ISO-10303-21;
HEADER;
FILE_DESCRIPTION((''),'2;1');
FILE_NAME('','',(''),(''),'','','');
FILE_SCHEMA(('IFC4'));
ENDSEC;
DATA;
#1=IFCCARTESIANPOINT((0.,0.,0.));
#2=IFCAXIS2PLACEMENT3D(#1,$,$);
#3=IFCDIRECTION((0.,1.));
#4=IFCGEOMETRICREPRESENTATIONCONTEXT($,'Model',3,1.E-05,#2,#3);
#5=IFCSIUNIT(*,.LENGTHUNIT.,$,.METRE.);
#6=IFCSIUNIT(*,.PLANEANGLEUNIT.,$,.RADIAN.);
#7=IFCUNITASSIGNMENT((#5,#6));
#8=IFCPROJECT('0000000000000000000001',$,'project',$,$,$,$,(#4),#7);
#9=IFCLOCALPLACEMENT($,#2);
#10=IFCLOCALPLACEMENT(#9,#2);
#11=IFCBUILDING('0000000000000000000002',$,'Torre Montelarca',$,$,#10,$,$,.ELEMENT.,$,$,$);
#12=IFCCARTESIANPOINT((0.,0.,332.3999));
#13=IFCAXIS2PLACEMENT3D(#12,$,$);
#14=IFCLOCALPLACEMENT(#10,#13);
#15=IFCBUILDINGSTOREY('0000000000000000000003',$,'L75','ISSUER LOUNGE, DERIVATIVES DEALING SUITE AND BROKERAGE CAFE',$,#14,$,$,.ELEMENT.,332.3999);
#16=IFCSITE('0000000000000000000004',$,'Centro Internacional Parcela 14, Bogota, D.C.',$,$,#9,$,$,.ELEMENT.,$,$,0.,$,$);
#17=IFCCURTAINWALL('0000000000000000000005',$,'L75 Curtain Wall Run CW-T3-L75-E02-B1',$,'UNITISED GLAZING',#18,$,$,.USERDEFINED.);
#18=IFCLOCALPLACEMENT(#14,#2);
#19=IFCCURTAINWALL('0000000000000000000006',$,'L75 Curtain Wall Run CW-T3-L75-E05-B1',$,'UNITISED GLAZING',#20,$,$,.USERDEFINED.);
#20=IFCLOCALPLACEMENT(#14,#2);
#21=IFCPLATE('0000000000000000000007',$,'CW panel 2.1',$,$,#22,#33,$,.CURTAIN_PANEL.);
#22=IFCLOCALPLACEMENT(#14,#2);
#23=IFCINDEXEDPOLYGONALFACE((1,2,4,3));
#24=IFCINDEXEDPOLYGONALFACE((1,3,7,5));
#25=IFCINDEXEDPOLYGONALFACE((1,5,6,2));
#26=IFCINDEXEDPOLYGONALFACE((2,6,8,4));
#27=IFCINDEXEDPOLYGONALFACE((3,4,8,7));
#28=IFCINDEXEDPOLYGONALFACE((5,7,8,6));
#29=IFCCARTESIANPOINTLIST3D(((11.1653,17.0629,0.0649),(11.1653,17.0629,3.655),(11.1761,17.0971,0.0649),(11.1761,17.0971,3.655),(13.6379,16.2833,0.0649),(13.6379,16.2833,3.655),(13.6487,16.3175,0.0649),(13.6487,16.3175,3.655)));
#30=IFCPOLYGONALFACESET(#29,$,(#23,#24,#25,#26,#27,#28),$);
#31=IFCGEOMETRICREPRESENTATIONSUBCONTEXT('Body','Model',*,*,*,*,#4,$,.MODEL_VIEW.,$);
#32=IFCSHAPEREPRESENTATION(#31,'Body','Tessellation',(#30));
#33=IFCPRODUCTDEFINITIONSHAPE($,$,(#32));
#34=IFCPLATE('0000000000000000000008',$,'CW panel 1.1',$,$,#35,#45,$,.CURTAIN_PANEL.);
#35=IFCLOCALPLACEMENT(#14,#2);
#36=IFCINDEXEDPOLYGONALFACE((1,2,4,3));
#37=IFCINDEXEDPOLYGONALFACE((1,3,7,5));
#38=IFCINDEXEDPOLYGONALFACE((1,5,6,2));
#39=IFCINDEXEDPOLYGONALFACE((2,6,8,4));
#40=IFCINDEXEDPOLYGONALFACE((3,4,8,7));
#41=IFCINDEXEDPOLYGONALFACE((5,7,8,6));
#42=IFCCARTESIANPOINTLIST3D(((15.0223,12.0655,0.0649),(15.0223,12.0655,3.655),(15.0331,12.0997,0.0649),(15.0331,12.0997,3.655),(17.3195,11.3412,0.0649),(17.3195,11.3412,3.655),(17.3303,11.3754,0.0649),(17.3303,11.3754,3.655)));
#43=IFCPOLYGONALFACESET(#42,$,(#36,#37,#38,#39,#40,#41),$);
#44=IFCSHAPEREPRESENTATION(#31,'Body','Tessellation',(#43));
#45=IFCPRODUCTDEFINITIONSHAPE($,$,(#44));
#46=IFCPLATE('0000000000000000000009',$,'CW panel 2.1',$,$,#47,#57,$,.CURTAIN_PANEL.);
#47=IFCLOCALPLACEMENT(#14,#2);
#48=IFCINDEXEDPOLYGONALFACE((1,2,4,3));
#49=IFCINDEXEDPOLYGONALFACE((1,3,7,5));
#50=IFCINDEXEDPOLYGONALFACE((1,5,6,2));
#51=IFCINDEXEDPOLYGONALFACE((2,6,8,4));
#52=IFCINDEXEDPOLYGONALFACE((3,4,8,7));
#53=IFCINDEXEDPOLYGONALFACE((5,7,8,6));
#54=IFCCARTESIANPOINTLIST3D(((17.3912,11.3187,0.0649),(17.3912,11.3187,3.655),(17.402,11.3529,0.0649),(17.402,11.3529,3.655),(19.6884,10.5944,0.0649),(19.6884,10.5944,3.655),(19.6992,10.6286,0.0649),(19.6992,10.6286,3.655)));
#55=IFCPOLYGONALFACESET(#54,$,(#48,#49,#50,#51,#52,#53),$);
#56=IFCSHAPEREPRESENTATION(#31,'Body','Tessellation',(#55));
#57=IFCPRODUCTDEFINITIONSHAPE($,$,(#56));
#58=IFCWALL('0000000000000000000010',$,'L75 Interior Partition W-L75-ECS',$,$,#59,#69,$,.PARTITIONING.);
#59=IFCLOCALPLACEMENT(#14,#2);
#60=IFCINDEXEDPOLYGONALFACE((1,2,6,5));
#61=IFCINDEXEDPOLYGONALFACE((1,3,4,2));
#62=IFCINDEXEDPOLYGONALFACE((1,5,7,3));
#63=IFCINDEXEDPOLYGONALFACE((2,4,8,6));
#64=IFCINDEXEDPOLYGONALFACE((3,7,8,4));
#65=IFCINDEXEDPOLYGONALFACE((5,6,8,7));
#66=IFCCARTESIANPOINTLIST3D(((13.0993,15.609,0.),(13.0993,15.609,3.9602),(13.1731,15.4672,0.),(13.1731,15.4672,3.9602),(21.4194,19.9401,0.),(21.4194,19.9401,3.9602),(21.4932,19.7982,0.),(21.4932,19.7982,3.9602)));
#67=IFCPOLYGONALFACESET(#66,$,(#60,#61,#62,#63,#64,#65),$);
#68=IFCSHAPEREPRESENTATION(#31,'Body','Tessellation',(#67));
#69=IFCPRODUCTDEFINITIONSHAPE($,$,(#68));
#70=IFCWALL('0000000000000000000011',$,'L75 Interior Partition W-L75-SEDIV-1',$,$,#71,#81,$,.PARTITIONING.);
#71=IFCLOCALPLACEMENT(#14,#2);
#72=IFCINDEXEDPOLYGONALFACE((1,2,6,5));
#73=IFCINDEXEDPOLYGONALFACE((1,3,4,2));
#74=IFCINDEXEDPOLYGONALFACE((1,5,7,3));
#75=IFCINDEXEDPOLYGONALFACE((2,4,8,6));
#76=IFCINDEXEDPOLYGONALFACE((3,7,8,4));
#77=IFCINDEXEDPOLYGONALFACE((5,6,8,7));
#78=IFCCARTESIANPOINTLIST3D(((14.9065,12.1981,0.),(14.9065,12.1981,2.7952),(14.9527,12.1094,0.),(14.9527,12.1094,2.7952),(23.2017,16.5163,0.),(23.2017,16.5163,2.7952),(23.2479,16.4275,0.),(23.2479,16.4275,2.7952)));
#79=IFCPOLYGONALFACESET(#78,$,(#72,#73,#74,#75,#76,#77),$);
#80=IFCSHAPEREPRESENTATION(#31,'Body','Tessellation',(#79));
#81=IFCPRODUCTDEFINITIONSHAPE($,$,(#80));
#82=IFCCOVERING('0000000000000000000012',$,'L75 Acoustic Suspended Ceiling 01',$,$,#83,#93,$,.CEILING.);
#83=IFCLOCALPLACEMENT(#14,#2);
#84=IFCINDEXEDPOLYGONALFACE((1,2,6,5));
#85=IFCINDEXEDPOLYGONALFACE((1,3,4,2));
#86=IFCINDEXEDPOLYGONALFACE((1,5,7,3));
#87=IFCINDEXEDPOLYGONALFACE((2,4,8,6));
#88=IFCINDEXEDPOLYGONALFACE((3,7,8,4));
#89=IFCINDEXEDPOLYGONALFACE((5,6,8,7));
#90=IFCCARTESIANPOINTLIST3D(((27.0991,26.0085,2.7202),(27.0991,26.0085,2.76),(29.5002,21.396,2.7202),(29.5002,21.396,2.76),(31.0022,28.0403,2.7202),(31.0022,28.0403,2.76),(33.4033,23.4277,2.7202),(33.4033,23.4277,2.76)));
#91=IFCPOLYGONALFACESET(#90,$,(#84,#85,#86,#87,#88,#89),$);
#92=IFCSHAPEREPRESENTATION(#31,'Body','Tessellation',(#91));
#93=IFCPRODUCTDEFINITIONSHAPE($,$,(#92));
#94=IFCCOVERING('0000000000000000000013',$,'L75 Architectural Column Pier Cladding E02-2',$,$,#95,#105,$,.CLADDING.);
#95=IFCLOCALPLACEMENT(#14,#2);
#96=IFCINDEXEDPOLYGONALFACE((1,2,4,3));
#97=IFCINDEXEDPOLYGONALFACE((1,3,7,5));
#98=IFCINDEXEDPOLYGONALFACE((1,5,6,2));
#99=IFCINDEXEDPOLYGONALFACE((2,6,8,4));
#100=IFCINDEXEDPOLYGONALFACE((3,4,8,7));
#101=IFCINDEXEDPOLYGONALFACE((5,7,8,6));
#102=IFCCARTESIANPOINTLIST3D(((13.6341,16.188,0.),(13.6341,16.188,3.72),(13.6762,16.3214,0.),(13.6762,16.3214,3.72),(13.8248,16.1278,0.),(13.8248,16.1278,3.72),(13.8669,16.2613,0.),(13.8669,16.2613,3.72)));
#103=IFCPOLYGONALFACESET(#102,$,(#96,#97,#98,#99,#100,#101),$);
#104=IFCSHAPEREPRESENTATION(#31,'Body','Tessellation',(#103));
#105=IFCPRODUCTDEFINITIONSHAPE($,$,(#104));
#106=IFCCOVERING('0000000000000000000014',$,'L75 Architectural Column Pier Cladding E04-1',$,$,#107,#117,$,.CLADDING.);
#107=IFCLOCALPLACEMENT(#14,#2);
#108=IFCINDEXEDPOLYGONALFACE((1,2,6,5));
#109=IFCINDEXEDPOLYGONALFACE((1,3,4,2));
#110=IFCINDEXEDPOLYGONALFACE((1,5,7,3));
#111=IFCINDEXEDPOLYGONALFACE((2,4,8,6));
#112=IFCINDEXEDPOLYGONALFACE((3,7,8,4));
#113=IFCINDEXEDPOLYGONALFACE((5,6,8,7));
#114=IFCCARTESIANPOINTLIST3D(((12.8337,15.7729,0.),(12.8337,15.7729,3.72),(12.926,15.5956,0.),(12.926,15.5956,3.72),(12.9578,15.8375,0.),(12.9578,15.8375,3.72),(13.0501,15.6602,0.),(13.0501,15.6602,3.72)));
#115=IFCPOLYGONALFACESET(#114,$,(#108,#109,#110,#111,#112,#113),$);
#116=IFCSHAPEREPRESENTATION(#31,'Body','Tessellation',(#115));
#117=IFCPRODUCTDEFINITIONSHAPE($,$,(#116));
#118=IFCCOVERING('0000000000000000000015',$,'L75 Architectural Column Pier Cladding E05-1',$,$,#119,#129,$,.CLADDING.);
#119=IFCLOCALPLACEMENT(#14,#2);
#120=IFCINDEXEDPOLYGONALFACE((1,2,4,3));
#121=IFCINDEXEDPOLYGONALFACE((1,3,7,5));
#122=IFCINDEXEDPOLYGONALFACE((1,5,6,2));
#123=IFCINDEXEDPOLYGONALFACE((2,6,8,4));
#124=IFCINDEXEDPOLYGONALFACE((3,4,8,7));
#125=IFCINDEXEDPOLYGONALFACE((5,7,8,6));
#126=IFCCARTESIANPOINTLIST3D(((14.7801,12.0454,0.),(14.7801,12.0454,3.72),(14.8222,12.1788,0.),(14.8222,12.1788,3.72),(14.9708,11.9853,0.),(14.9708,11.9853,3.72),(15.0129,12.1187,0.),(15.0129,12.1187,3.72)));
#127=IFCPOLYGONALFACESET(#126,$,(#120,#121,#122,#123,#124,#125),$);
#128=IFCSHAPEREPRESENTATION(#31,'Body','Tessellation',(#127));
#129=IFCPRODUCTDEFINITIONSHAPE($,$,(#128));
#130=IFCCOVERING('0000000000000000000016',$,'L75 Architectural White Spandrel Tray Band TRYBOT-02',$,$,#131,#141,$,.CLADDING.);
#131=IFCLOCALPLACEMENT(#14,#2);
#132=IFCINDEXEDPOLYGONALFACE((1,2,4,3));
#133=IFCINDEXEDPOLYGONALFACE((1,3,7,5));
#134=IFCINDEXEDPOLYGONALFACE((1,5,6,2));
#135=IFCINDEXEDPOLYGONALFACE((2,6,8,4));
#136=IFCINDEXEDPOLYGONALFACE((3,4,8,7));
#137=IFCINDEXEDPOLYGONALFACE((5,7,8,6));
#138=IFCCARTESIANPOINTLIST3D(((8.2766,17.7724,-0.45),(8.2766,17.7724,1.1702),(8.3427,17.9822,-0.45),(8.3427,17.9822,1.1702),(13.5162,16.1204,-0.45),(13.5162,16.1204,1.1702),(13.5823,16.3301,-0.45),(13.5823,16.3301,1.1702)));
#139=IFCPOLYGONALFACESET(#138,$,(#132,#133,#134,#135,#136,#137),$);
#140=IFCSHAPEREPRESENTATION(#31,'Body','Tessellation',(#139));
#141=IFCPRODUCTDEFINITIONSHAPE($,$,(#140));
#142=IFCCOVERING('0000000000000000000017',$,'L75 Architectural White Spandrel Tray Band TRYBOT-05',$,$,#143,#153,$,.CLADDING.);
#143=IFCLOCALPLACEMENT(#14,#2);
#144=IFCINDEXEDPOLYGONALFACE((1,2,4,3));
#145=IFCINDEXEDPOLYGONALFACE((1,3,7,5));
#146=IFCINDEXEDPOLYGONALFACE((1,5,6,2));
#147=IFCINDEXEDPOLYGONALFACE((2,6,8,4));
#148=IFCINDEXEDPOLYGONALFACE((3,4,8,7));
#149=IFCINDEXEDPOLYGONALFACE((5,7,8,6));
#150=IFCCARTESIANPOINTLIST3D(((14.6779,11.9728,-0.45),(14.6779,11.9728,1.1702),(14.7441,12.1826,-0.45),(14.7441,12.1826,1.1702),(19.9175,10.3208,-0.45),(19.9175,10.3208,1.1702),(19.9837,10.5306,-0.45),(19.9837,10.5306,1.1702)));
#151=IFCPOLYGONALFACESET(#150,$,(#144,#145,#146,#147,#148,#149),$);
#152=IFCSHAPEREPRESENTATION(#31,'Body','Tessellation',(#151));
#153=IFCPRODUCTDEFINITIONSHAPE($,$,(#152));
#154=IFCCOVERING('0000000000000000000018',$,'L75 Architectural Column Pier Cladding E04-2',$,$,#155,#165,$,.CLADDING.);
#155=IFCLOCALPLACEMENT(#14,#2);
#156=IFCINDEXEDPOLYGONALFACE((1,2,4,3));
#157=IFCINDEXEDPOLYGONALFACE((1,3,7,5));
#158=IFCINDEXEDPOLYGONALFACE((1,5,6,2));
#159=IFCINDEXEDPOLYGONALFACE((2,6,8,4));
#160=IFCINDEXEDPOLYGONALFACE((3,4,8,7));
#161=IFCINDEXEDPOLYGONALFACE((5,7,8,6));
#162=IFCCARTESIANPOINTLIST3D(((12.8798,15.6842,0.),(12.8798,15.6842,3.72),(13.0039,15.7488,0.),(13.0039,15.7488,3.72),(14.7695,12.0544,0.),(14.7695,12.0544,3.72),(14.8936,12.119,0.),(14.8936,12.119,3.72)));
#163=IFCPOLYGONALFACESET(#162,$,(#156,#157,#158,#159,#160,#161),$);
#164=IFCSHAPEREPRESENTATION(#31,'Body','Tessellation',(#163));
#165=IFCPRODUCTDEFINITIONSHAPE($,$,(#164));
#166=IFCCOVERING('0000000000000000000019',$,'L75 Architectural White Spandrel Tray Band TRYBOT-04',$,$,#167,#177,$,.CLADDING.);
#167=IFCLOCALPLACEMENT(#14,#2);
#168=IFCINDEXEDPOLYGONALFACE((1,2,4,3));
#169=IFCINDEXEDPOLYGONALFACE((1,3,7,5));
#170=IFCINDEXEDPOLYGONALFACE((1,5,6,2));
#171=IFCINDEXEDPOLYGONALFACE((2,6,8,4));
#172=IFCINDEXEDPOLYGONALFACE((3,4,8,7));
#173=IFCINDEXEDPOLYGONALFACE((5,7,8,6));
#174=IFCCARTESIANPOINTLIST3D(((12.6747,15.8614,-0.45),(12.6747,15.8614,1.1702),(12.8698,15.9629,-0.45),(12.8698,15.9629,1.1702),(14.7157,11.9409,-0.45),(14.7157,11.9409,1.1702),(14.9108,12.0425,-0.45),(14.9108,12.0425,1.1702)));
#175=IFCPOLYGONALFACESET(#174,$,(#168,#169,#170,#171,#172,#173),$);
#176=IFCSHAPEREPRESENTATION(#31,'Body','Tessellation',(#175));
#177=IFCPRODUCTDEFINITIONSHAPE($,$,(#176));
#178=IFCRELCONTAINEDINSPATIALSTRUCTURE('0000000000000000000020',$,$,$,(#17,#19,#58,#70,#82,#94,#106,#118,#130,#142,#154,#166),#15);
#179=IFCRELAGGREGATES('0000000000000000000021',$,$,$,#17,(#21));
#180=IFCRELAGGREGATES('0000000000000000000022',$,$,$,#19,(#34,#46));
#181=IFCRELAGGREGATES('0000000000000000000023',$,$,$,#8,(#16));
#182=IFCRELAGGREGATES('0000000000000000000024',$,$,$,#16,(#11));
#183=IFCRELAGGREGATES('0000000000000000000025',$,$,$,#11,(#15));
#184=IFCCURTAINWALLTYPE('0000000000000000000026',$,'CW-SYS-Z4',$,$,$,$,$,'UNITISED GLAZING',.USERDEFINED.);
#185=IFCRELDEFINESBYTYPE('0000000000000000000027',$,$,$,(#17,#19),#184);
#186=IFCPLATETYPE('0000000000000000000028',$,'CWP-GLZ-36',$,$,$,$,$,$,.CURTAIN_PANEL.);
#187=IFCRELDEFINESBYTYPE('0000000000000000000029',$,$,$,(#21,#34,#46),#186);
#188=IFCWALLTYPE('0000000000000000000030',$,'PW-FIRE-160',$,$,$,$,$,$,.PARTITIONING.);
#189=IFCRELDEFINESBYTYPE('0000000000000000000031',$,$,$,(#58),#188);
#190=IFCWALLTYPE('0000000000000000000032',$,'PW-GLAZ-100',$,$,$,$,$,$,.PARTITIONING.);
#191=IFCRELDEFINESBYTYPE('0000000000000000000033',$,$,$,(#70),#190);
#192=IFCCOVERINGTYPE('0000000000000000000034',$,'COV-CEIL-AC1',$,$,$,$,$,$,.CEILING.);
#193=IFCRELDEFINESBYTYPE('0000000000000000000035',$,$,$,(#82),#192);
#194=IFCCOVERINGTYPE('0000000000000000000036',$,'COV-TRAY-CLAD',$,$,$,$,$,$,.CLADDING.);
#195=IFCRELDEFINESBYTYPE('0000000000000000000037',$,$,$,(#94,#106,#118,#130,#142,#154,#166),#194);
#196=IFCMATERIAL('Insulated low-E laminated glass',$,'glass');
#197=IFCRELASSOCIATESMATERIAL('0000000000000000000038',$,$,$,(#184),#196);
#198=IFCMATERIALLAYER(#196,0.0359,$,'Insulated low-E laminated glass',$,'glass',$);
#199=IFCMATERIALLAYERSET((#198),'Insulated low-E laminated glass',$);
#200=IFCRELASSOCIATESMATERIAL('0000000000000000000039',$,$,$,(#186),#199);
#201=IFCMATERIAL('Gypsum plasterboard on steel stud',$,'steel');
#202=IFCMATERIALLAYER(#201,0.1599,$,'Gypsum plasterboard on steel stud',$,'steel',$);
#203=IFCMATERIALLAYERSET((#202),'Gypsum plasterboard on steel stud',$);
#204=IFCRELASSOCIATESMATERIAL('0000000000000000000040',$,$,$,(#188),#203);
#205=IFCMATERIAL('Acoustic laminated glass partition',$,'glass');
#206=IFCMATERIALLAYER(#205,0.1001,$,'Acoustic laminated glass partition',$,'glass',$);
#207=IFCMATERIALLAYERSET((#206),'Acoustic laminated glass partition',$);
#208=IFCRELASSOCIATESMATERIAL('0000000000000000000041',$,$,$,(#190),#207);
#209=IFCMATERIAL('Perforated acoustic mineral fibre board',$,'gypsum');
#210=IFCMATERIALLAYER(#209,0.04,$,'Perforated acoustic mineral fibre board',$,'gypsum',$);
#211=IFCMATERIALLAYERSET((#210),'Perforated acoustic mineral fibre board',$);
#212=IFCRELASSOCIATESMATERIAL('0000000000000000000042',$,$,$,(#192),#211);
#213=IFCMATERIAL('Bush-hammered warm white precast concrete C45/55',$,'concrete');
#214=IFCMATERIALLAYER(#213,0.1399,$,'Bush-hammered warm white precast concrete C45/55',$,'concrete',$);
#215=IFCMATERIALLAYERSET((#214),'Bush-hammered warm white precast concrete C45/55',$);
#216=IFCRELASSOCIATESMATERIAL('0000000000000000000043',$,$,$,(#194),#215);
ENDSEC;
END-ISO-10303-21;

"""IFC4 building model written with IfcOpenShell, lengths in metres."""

from ifc_helpers import new_model, si_unit, direction, frame, frame_2d, origin, origin_2d, place, context, subcontext, project, spatial, polyline, rectangle, outline, extrude, source, transform, mapped, material, layer, layer_set, type_object, element, aggregate, save


model = new_model("IFC4")

# Units and contexts
model_context = context("Model", 3, precision=1e-05, world=origin(), true_north=direction((0.0, 1.0)))
body_context = subcontext(model_context, "Body", "Model", "MODEL_VIEW")
ifc_project = project(units=[si_unit("LENGTHUNIT", "METRE"), si_unit("PLANEANGLEUNIT", "RADIAN")], contexts=[model_context])

# Site, building, storey
site_placement = place(None, origin())
site = spatial("IfcSite", under=ifc_project, at=site_placement, Name="Centro Internacional Parcela 14, Bogota, D.C.", CompositionType="ELEMENT", RefElevation=0.0)
building_placement = place(site_placement, origin())
building = spatial("IfcBuilding", under=site, at=building_placement, Name="Torre Montelarca", CompositionType="ELEMENT")
storey_placement = place(building_placement, frame((0.0, 0.0, 332.3999)))
storey = spatial("IfcBuildingStorey", under=building, at=storey_placement, Name="L75", Description="ISSUER LOUNGE, DERIVATIVES DEALING SUITE AND BROKERAGE CAFE", CompositionType="ELEMENT", Elevation=332.3999)

# Curtain walls
ifc_material_1 = material(Name="Insulated low-E laminated glass", Category="glass")
curtain_wall_type = type_object("IfcCurtainWallType", Name="CW-SYS-Z4", ElementType="UNITISED GLAZING", PredefinedType="USERDEFINED", material=ifc_material_1)
curtain_wall_1_placement = place(storey_placement, origin())
curtain_wall_1 = element("IfcCurtainWall", 1, at=curtain_wall_1_placement, inside=storey, type_object=curtain_wall_type, Name="L75 Curtain Wall Run CW-T3-L75-E02-B1", ObjectType="UNITISED GLAZING", PredefinedType="USERDEFINED")
curtain_wall_2_placement = place(storey_placement, origin())
curtain_wall_2 = element("IfcCurtainWall", 2, at=curtain_wall_2_placement, inside=storey, type_object=curtain_wall_type, Name="L75 Curtain Wall Run CW-T3-L75-E05-B1", ObjectType="UNITISED GLAZING", PredefinedType="USERDEFINED")

# Plates
ifc_layer_1 = layer(ifc_material_1, 0.0359, Name="Insulated low-E laminated glass", Category="glass")
ifc_layer_set_1 = layer_set([ifc_layer_1], Name="Insulated low-E laminated glass")
plate_type = type_object("IfcPlateType", Name="CWP-GLZ-36", PredefinedType="CURTAIN_PANEL", material=ifc_layer_set_1)
shared_shape_1 = source(origin(), body_context, "Body", "SweptSolid", [
    extrude(rectangle(XDim=2.5925, YDim=0.0359, at=origin_2d()), origin(), (0.0, 0.0, 1.0), 3.5901),
])
plate_1_placement = place(storey_placement, frame((12.407, 16.6902, 0.0649), z_axis=(0.0, 0.0, 1.0), x_axis=(0.953719, -0.300698, 0.0)))
plate_1 = element("IfcPlate", 3, at=plate_1_placement, type_object=plate_type, Name="CW panel 2.1", PredefinedType="CURTAIN_PANEL", context=body_context, shape_type="MappedRepresentation", body=[
    mapped(shared_shape_1, transform((0.0, 0.0, 0.0), scale=1.0)),
])
aggregate(curtain_wall_1, [plate_1])
shared_shape_2 = source(origin(), body_context, "Body", "SweptSolid", [
    extrude(rectangle(XDim=2.4087, YDim=0.0359, at=origin_2d()), origin(), (0.0, 0.0, 1.0), 3.5901),
])
plate_2_placement = place(storey_placement, frame((16.1763, 11.7205, 0.0649), z_axis=(0.0, 0.0, 1.0), x_axis=(0.953721, -0.300693, 0.0)))
plate_2 = element("IfcPlate", 4, at=plate_2_placement, type_object=plate_type, Name="CW panel 1.1", PredefinedType="CURTAIN_PANEL", context=body_context, shape_type="MappedRepresentation", body=[
    mapped(shared_shape_2, transform((0.0, 0.0, 0.0), scale=1.0)),
])
plate_3_placement = place(storey_placement, frame((18.5452, 10.9736, 0.0649), z_axis=(0.0, 0.0, 1.0), x_axis=(0.953721, -0.300693, 0.0)))
plate_3 = element("IfcPlate", 5, at=plate_3_placement, type_object=plate_type, Name="CW panel 2.1", PredefinedType="CURTAIN_PANEL", context=body_context, shape_type="MappedRepresentation", body=[
    mapped(shared_shape_2, transform((0.0, 0.0, 0.0), scale=1.0)),
])
aggregate(curtain_wall_2, [plate_2, plate_3])

# Walls
ifc_material_2 = material(Name="Gypsum plasterboard on steel stud", Category="steel")
ifc_layer_2 = layer(ifc_material_2, 0.1599, Name="Gypsum plasterboard on steel stud", Category="steel")
ifc_layer_set_2 = layer_set([ifc_layer_2], Name="Gypsum plasterboard on steel stud")
wall_type_1 = type_object("IfcWallType", Name="PW-FIRE-160", PredefinedType="PARTITIONING", material=ifc_layer_set_2)
wall_1_placement = place(storey_placement, frame((13.1362, 15.5381, 0.0), z_axis=(0.0, 0.0, 1.0), x_axis=(0.887015, 0.46174, 0.0)))
element("IfcWall", 6, at=wall_1_placement, inside=storey, type_object=wall_type_1, Name="L75 Interior Partition W-L75-ECS", PredefinedType="PARTITIONING", context=body_context, shape_type="SweptSolid", body=[
    extrude(rectangle(XDim=9.3799, YDim=0.1599, at=frame_2d((4.6899, 0.0))), origin(), (0.0, 0.0, 1.0), 3.9602),
])
ifc_material_3 = material(Name="Acoustic laminated glass partition", Category="glass")
ifc_layer_3 = layer(ifc_material_3, 0.1001, Name="Acoustic laminated glass partition", Category="glass")
ifc_layer_set_3 = layer_set([ifc_layer_3], Name="Acoustic laminated glass partition")
wall_type_2 = type_object("IfcWallType", Name="PW-GLAZ-100", PredefinedType="PARTITIONING", material=ifc_layer_set_3)
wall_2_placement = place(storey_placement, frame((14.9297, 12.1538, 0.0), z_axis=(0.0, 0.0, 1.0), x_axis=(0.887014, 0.461742, 0.0)))
element("IfcWall", 7, at=wall_2_placement, inside=storey, type_object=wall_type_2, Name="L75 Interior Partition W-L75-SEDIV-1", PredefinedType="PARTITIONING", context=body_context, shape_type="SweptSolid", body=[
    extrude(rectangle(XDim=9.3518, YDim=0.1001, at=frame_2d((4.6758, 0.0))), origin(), (0.0, 0.0, 1.0), 2.7952),
])

# Coverings
ifc_material_4 = material(Name="Perforated acoustic mineral fibre board", Category="gypsum")
ifc_layer_4 = layer(ifc_material_4, 0.04, Name="Perforated acoustic mineral fibre board", Category="gypsum")
ifc_layer_set_4 = layer_set([ifc_layer_4], Name="Perforated acoustic mineral fibre board")
covering_type_1 = type_object("IfcCoveringType", Name="COV-CEIL-AC1", PredefinedType="CEILING", material=ifc_layer_set_4)
covering_1_placement = place(storey_placement, frame((0.0, 0.0, 2.7202)))
element("IfcCovering", 8, at=covering_1_placement, inside=storey, type_object=covering_type_1, Name="L75 Acoustic Suspended Ceiling 01", PredefinedType="CEILING", context=body_context, shape_type="SweptSolid", body=[
    extrude(outline(polyline([(27.0991, 26.0085), (29.5002, 21.396), (33.4033, 23.4277), (31.0022, 28.0403), (27.0991, 26.0085)])), origin(), (0.0, 0.0, 1.0), 0.0398),
])
ifc_material_5 = material(Name="Bush-hammered warm white precast concrete C45/55", Category="concrete")
ifc_layer_5 = layer(ifc_material_5, 0.1399, Name="Bush-hammered warm white precast concrete C45/55", Category="concrete")
ifc_layer_set_5 = layer_set([ifc_layer_5], Name="Bush-hammered warm white precast concrete C45/55")
covering_type_2 = type_object("IfcCoveringType", Name="COV-TRAY-CLAD", PredefinedType="CLADDING", material=ifc_layer_set_5)
shared_shape_3 = source(origin(), body_context, "Body", "SweptSolid", [
    extrude(rectangle(XDim=0.2, YDim=0.1399, at=origin_2d()), origin(), (0.0, 0.0, 1.0), 3.72),
])
for number, where, z_axis, x_axis, name in (
    (9, (13.7505, 16.2246, 0.0), (0.0, 0.0, 1.0), (0.953717, -0.300704, 0.0), "L75 Architectural Column Pier Cladding E02-2"),
    (10, (12.9419, 15.7166, 0.0), (0.0, 0.0, 1.0), (0.461776, -0.886996, 0.0), "L75 Architectural Column Pier Cladding E04-1"),
    (11, (14.8965, 12.082, 0.0), (0.0, 0.0, 1.0), (0.953719, -0.300701, 0.0), "L75 Architectural Column Pier Cladding E05-1"),
):
    element("IfcCovering", number, at=place(storey_placement, frame(where, z_axis=z_axis, x_axis=x_axis)), inside=storey, type_object=covering_type_2, Name=name, PredefinedType="CLADDING", context=body_context, shape_type="MappedRepresentation", body=[
        mapped(shared_shape_3, transform((0.0, 0.0, 0.0), scale=1.0)),
    ])
shared_shape_4 = source(origin(), body_context, "Body", "SweptSolid", [
    extrude(rectangle(XDim=5.4939, YDim=0.22, at=origin_2d()), origin(), (0.0, 0.0, 1.0), 1.6201),
])
for number, where, z_axis, x_axis, name in (
    (12, (10.9294, 17.0513, -0.45), (0.0, 0.0, 1.0), (0.953717, -0.300706, 0.0), "L75 Architectural White Spandrel Tray Band TRYBOT-02"),
    (13, (17.3308, 11.2517, -0.45), (0.0, 0.0, 1.0), (0.953717, -0.300706, 0.0), "L75 Architectural White Spandrel Tray Band TRYBOT-05"),
):
    element("IfcCovering", number, at=place(storey_placement, frame(where, z_axis=z_axis, x_axis=x_axis)), inside=storey, type_object=covering_type_2, Name=name, PredefinedType="CLADDING", context=body_context, shape_type="MappedRepresentation", body=[
        mapped(shared_shape_4, transform((0.0, 0.0, 0.0), scale=1.0)),
    ])
shared_shape_5 = source(origin(), body_context, "Body", "SweptSolid", [
    extrude(rectangle(XDim=4.0923, YDim=0.1399, at=origin_2d()), origin(), (0.0, 0.0, 1.0), 3.72),
])
covering_2_placement = place(storey_placement, frame((13.8867, 13.9016, 0.0), z_axis=(0.0, 0.0, 1.0), x_axis=(0.461776, -0.886996, 0.0)))
element("IfcCovering", 14, at=covering_2_placement, inside=storey, type_object=covering_type_2, Name="L75 Architectural Column Pier Cladding E04-2", PredefinedType="CLADDING", context=body_context, shape_type="MappedRepresentation", body=[
    mapped(shared_shape_5, transform((0.0, 0.0, 0.0), scale=1.0)),
])
shared_shape_6 = source(origin(), body_context, "Body", "SweptSolid", [
    extrude(rectangle(XDim=4.4199, YDim=0.22, at=origin_2d()), origin(), (0.0, 0.0, 1.0), 1.6201),
])
covering_3_placement = place(storey_placement, frame((13.7927, 13.9519, -0.45), z_axis=(0.0, 0.0, 1.0), x_axis=(0.461767, -0.887001, 0.0)))
element("IfcCovering", 15, at=covering_3_placement, inside=storey, type_object=covering_type_2, Name="L75 Architectural White Spandrel Tray Band TRYBOT-04", PredefinedType="CLADDING", context=body_context, shape_type="MappedRepresentation", body=[
    mapped(shared_shape_6, transform((0.0, 0.0, 0.0), scale=1.0)),
])

save(model, "model.ifc")
